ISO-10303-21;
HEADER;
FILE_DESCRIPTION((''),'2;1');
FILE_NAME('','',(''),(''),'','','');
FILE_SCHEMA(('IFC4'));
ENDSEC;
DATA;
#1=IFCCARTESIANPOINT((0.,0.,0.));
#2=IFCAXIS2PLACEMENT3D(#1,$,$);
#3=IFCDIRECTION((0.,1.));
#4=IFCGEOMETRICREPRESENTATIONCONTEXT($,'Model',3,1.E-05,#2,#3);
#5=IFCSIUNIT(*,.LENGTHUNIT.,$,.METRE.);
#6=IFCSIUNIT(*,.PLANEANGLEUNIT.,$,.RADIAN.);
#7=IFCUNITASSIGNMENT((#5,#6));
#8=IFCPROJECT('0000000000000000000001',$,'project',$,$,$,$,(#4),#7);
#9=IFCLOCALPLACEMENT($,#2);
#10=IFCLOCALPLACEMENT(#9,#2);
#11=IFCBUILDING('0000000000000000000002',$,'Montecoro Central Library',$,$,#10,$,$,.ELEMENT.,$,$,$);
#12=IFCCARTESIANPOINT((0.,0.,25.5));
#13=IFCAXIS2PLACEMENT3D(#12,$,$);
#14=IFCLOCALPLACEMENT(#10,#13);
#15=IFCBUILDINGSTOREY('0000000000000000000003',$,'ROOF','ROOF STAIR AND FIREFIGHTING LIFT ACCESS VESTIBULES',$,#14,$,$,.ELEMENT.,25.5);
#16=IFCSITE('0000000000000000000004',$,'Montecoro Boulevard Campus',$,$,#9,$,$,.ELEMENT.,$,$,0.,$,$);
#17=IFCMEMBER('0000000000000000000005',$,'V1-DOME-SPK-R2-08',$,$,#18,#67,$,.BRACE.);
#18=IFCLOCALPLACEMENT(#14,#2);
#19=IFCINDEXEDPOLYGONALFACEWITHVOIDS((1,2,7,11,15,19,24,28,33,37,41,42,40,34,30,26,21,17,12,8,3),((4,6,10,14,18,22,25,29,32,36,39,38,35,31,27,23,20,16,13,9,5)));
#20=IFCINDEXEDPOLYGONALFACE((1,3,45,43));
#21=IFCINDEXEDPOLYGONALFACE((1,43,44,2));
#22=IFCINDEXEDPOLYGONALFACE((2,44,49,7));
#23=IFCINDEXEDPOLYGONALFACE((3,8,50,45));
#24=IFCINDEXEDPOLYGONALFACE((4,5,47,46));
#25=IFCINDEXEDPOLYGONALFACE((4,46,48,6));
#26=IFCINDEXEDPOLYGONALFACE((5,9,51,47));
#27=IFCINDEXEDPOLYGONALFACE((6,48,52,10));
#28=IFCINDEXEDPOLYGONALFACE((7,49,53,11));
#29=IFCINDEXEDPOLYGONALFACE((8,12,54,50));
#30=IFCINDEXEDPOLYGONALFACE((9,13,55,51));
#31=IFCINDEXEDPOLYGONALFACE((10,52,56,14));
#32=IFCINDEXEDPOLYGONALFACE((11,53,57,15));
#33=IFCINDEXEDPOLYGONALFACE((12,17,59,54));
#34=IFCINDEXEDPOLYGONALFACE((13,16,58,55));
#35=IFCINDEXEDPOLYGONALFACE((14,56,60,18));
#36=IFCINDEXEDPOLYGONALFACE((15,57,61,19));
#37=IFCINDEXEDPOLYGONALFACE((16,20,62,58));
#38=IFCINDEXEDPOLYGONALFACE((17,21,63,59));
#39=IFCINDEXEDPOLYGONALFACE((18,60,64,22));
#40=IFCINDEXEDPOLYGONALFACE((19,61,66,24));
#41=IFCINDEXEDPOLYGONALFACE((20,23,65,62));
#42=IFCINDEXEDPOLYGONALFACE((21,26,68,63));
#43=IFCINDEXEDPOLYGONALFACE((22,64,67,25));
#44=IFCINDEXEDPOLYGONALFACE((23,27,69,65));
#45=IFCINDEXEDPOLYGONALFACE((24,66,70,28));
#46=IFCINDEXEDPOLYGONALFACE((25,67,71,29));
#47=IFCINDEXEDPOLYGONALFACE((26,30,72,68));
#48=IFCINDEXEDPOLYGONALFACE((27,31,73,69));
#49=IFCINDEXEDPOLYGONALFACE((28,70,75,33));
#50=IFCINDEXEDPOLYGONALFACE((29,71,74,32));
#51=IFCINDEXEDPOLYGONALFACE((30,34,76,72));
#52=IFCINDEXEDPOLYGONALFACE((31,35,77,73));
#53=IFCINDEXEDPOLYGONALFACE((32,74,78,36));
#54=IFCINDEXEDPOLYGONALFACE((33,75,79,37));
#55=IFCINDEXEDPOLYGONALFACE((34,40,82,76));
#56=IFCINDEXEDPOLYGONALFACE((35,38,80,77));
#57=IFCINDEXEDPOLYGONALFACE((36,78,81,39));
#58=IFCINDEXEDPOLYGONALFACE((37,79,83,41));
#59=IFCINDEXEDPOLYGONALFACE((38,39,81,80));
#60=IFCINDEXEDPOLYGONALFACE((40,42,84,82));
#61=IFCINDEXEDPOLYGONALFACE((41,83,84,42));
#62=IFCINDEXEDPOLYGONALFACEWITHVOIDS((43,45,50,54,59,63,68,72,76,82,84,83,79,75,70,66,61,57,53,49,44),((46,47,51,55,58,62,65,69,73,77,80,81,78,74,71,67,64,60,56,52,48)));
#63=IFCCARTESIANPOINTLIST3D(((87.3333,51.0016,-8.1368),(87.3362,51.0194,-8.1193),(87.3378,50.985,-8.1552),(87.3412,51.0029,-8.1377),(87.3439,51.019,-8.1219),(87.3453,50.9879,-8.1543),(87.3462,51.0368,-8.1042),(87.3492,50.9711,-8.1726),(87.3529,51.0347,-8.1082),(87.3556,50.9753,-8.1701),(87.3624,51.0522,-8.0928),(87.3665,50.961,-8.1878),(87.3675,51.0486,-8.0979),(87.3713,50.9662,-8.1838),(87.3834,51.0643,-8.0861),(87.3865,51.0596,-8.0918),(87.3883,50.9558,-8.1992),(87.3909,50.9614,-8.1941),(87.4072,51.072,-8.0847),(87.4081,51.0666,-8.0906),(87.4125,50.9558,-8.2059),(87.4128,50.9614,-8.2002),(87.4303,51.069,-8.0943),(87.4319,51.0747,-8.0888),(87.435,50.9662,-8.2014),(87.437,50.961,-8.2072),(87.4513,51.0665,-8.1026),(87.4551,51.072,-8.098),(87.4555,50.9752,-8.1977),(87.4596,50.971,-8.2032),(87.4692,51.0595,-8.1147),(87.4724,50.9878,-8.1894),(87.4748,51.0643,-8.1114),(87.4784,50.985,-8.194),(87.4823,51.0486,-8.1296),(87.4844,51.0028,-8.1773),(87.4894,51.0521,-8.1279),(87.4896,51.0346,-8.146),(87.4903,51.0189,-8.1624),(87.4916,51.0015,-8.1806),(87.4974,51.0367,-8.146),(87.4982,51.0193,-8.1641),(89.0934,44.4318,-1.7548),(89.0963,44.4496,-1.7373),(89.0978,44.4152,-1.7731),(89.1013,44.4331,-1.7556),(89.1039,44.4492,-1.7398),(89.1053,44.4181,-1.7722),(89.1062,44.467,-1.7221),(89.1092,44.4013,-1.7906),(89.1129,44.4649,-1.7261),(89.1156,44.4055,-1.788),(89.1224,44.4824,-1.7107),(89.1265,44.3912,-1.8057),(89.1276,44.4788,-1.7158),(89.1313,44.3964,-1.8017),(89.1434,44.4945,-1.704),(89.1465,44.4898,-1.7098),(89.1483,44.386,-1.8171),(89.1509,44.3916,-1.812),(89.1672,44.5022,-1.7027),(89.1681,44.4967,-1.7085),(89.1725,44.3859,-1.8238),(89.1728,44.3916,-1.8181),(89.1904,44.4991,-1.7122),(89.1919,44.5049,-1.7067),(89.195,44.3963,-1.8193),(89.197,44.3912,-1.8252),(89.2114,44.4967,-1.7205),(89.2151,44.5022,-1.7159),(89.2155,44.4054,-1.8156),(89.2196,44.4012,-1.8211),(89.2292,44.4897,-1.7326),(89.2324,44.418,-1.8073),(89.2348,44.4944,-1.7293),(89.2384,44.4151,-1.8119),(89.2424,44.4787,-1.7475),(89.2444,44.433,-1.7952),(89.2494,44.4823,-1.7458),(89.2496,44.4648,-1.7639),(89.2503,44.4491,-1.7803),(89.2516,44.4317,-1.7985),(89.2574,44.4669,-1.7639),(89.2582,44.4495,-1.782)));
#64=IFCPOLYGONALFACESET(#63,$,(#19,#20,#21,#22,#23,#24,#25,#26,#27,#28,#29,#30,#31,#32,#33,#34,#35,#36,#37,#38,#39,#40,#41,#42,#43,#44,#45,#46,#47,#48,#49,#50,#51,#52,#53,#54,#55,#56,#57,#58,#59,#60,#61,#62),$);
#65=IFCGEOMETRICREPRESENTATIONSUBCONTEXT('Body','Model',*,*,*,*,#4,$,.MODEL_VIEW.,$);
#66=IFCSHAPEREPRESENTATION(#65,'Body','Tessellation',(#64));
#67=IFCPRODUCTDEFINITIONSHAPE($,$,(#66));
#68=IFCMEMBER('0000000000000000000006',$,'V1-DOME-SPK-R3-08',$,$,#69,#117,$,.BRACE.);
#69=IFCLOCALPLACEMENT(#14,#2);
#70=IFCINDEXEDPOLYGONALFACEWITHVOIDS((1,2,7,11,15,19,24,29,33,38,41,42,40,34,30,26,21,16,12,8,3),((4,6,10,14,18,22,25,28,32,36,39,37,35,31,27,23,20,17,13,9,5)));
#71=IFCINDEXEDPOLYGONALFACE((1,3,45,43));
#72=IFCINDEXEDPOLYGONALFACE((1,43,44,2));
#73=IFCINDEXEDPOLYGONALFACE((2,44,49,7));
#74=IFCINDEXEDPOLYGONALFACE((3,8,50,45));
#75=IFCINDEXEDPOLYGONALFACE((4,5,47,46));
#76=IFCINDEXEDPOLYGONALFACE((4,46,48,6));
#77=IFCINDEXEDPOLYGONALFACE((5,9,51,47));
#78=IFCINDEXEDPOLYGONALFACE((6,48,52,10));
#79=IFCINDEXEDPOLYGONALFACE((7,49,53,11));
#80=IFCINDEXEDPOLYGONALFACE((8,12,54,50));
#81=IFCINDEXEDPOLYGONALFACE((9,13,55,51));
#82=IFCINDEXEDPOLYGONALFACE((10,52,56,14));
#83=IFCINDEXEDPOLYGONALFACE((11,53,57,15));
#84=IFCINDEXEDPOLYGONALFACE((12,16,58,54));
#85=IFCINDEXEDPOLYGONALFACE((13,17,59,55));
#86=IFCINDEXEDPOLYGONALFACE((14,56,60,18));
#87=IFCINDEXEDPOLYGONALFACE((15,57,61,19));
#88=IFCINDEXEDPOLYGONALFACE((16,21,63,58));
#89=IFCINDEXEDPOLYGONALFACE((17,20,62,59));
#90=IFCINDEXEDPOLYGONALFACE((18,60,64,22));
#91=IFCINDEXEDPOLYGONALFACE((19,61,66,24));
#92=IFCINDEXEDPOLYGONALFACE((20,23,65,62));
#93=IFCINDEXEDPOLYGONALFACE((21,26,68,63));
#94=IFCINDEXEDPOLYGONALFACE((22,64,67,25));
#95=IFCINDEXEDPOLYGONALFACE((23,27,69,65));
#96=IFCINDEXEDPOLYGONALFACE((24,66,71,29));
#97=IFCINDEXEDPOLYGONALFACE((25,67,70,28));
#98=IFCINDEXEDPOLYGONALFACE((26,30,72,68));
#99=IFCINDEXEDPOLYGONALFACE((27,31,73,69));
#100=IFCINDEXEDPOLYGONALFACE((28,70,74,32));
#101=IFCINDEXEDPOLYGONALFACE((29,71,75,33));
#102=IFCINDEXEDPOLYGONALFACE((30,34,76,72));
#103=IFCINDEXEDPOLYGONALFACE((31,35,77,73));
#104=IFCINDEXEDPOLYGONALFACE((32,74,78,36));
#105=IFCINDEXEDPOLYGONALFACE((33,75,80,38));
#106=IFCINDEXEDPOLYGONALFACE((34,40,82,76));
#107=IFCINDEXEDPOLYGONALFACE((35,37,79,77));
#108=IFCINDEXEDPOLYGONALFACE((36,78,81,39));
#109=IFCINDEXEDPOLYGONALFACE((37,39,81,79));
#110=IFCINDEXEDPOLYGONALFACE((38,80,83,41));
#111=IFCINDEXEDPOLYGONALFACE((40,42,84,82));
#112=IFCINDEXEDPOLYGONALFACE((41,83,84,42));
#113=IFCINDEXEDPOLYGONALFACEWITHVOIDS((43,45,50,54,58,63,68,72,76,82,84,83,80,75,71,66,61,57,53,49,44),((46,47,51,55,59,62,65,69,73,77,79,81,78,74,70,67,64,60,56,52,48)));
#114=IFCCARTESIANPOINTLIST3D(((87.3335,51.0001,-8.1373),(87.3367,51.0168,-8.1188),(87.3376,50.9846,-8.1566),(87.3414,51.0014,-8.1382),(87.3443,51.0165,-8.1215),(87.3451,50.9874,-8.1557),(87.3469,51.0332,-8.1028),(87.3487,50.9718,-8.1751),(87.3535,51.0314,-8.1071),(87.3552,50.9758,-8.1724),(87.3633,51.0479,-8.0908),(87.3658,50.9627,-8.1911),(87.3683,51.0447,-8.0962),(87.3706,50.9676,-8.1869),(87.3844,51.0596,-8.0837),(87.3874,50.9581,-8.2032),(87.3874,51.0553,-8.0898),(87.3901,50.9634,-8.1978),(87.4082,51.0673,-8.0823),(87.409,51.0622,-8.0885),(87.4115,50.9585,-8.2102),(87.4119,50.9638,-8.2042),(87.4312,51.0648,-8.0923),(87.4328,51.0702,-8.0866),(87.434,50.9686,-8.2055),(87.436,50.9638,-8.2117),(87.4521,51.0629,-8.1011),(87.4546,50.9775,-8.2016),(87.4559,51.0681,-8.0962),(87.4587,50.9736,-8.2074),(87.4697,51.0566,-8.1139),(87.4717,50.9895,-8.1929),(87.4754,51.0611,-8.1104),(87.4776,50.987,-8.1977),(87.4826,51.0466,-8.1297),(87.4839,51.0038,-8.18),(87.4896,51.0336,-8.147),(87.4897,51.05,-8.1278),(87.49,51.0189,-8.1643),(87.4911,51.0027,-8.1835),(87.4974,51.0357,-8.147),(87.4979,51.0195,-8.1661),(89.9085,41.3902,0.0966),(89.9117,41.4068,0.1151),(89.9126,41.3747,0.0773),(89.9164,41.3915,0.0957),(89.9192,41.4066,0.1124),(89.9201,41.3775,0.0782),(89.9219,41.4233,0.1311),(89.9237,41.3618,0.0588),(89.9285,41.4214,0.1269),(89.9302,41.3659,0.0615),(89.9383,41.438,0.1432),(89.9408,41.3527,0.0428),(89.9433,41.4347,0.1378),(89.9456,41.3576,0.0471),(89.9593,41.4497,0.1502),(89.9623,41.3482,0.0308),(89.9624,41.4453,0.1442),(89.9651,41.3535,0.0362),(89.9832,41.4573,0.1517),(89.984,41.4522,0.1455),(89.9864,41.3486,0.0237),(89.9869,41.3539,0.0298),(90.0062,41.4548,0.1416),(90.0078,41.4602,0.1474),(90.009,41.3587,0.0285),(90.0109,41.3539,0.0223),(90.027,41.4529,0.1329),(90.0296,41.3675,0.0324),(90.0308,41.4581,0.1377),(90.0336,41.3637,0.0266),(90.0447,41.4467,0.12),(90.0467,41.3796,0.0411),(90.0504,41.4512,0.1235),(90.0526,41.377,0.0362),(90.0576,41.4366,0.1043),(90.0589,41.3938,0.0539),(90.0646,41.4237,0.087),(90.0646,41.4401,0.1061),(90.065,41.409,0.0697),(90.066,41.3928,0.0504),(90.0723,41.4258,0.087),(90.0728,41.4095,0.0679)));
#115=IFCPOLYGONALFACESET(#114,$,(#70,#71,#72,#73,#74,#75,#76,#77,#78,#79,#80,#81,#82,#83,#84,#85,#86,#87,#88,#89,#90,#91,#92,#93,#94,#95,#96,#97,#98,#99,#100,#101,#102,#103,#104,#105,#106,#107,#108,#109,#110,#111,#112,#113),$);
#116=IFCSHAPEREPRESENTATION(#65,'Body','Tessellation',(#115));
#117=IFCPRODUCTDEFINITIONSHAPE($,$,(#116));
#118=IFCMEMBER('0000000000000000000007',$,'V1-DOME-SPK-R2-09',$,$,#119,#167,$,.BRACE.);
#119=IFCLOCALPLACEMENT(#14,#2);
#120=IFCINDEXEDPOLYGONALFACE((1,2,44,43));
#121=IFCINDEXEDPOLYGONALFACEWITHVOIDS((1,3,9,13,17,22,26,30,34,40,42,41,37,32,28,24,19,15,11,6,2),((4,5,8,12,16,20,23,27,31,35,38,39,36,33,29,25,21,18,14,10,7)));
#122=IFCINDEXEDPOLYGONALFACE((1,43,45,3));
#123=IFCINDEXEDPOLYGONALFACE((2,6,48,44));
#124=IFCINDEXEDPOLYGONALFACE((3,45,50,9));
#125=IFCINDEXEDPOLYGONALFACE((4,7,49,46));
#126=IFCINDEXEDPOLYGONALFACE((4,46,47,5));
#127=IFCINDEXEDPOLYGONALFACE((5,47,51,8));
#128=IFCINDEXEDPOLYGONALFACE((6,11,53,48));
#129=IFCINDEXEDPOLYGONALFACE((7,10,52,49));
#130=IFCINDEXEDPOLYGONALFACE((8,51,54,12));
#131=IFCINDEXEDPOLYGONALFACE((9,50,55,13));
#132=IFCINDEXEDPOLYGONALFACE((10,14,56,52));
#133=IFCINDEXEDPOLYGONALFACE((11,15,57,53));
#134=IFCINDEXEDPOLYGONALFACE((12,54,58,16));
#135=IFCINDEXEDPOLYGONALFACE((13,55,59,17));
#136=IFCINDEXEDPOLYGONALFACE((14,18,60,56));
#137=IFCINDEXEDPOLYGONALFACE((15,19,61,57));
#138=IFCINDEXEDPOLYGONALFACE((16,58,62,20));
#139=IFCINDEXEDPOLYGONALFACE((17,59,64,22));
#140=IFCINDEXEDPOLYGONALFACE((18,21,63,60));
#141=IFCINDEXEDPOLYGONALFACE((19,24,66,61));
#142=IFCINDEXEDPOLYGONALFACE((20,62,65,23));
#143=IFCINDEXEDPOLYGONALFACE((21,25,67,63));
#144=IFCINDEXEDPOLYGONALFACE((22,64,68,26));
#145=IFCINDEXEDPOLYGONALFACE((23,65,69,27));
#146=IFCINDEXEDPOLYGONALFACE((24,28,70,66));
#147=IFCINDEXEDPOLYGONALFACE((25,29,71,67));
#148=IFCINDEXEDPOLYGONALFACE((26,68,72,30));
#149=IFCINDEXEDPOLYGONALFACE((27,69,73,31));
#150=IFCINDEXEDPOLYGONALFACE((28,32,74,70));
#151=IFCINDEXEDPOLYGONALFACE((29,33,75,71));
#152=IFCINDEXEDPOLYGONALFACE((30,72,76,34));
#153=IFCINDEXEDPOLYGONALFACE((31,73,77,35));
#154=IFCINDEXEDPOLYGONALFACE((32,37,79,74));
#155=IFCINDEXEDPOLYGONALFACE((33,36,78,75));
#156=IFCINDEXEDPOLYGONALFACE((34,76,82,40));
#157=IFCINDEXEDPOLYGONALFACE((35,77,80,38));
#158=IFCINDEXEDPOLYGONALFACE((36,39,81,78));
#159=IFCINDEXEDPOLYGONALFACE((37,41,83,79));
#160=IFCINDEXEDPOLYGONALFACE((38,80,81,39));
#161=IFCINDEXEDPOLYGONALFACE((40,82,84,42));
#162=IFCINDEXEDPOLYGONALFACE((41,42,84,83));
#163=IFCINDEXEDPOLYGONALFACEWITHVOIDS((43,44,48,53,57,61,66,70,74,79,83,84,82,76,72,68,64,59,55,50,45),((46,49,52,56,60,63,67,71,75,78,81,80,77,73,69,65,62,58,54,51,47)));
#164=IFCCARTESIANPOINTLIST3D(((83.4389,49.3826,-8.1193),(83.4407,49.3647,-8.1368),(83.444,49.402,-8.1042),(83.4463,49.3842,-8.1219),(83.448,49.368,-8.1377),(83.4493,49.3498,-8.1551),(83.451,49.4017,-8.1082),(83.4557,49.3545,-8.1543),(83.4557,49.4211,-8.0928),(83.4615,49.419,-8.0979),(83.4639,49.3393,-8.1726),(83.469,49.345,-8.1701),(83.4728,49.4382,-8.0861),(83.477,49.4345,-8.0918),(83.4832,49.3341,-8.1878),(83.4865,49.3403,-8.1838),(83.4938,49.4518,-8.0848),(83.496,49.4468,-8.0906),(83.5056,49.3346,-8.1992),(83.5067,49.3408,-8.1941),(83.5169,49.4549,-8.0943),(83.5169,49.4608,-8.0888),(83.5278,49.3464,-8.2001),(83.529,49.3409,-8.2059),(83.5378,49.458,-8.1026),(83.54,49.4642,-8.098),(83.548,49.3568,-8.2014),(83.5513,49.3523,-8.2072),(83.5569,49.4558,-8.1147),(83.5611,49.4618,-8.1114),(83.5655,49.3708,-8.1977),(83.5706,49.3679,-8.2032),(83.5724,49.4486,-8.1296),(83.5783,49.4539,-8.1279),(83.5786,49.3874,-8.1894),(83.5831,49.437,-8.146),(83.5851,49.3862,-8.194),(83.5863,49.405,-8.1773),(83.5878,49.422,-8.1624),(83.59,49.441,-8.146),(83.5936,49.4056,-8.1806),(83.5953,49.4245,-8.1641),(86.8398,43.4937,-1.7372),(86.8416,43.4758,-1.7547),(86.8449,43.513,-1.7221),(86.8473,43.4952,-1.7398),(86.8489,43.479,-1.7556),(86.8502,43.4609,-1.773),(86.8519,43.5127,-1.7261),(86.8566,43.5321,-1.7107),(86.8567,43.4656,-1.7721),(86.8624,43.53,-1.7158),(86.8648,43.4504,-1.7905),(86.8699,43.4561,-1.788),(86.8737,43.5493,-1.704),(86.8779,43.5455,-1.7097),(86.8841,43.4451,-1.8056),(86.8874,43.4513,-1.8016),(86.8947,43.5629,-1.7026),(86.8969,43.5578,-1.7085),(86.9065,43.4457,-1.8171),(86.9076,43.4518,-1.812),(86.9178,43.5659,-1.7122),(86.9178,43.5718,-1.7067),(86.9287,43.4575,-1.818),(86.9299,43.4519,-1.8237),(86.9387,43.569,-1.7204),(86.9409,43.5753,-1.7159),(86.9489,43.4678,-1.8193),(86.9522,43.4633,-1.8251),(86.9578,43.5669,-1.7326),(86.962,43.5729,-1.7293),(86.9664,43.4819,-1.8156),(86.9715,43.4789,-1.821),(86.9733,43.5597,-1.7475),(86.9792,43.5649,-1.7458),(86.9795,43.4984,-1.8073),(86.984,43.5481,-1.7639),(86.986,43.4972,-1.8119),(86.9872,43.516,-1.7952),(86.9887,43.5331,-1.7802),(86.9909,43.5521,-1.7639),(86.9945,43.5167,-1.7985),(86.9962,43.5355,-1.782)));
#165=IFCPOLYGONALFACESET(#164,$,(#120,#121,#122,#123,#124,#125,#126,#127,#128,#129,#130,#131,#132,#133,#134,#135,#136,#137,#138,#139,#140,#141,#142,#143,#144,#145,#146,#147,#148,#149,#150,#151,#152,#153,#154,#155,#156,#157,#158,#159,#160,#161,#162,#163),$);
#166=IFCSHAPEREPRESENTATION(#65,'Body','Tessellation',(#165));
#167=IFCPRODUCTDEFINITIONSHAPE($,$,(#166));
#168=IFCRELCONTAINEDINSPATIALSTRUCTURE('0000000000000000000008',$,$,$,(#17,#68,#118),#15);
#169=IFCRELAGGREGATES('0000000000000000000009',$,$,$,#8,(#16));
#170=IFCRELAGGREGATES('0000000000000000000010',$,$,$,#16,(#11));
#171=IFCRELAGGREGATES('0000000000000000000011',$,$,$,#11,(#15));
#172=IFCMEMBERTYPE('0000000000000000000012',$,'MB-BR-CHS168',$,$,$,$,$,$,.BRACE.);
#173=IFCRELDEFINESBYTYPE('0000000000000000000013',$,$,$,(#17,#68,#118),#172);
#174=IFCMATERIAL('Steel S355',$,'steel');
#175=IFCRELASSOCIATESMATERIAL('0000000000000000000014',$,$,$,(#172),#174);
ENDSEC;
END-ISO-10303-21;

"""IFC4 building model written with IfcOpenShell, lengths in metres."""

from ifc_helpers import new_model, si_unit, direction, frame, origin, origin_2d, place, context, subcontext, project, spatial, hollow_circle, extrude, material, material_profile, profile_set, type_object, element, save


model = new_model("IFC4")

# Units and contexts
model_context = context("Model", 3, precision=1e-05, world=origin(), true_north=direction((0.0, 1.0)))
body_context = subcontext(model_context, "Body", "Model", "MODEL_VIEW")
ifc_project = project(units=[si_unit("LENGTHUNIT", "METRE"), si_unit("PLANEANGLEUNIT", "RADIAN")], contexts=[model_context])

# Site, building, storey
site_placement = place(None, origin())
site = spatial("IfcSite", under=ifc_project, at=site_placement, Name="Montecoro Boulevard Campus", CompositionType="ELEMENT", RefElevation=0.0)
building_placement = place(site_placement, origin())
building = spatial("IfcBuilding", under=site, at=building_placement, Name="Montecoro Central Library", CompositionType="ELEMENT")
storey_placement = place(building_placement, frame((0.0, 0.0, 25.5)))
storey = spatial("IfcBuildingStorey", under=building, at=storey_placement, Name="ROOF", Description="ROOF STAIR AND FIREFIGHTING LIFT ACCESS VESTIBULES", CompositionType="ELEMENT", Elevation=25.5)

# Members
ifc_material_1 = material(Name="Steel S355", Category="steel")
ifc_material_profile_1 = material_profile(ifc_material_1, hollow_circle(Radius=0.0842, WallThickness=0.0081, at=origin_2d()), Name="CHS 168.3x8.0")
ifc_profile_set_1 = profile_set([ifc_material_profile_1], Name="Steel S355")
member_type_1 = type_object("IfcMemberType", Name="MB-BR-CHS168", PredefinedType="BRACE", material=ifc_profile_set_1)
member_1_placement = place(storey_placement, frame((87.416, 51.0149, -8.146), z_axis=(0.188702, -0.704395, 0.684266), x_axis=(0.965939, 0.258768, 0.0)))
element("IfcMember", 1, at=member_1_placement, inside=storey, type_object=member_type_1, Name="V1-DOME-SPK-R2-08", PredefinedType="BRACE", context=body_context, shape_type="SweptSolid", body=[
    extrude(hollow_circle(Radius=0.0842, WallThickness=0.0081, at=origin_2d()), origin(), (0.0, 0.0, 1.0), 9.3269),
])
member_2_placement = place(storey_placement, frame((87.416, 51.0139, -8.147), z_axis=(0.199389, -0.744131, 0.637584), x_axis=(0.965926, 0.258819, 0.0)))
element("IfcMember", 2, at=member_2_placement, inside=storey, type_object=member_type_1, Name="V1-DOME-SPK-R3-08", PredefinedType="BRACE", context=body_context, shape_type="SweptSolid", body=[
    extrude(hollow_circle(Radius=0.0842, WallThickness=0.0081, at=origin_2d()), origin(), (0.0, 0.0, 1.0), 12.9143),
])
member_3_placement = place(storey_placement, frame((83.5171, 49.3989, -8.146), z_axis=(0.364662, -0.631444, 0.684324), x_axis=(0.865967, 0.500101, 0.0)))
element("IfcMember", 3, at=member_3_placement, inside=storey, type_object=member_type_1, Name="V1-DOME-SPK-R2-09", PredefinedType="BRACE", context=body_context, shape_type="SweptSolid", body=[
    extrude(hollow_circle(Radius=0.0842, WallThickness=0.0081, at=origin_2d()), origin(), (0.0, 0.0, 1.0), 9.3262),
])

save(model, "model.ifc")
